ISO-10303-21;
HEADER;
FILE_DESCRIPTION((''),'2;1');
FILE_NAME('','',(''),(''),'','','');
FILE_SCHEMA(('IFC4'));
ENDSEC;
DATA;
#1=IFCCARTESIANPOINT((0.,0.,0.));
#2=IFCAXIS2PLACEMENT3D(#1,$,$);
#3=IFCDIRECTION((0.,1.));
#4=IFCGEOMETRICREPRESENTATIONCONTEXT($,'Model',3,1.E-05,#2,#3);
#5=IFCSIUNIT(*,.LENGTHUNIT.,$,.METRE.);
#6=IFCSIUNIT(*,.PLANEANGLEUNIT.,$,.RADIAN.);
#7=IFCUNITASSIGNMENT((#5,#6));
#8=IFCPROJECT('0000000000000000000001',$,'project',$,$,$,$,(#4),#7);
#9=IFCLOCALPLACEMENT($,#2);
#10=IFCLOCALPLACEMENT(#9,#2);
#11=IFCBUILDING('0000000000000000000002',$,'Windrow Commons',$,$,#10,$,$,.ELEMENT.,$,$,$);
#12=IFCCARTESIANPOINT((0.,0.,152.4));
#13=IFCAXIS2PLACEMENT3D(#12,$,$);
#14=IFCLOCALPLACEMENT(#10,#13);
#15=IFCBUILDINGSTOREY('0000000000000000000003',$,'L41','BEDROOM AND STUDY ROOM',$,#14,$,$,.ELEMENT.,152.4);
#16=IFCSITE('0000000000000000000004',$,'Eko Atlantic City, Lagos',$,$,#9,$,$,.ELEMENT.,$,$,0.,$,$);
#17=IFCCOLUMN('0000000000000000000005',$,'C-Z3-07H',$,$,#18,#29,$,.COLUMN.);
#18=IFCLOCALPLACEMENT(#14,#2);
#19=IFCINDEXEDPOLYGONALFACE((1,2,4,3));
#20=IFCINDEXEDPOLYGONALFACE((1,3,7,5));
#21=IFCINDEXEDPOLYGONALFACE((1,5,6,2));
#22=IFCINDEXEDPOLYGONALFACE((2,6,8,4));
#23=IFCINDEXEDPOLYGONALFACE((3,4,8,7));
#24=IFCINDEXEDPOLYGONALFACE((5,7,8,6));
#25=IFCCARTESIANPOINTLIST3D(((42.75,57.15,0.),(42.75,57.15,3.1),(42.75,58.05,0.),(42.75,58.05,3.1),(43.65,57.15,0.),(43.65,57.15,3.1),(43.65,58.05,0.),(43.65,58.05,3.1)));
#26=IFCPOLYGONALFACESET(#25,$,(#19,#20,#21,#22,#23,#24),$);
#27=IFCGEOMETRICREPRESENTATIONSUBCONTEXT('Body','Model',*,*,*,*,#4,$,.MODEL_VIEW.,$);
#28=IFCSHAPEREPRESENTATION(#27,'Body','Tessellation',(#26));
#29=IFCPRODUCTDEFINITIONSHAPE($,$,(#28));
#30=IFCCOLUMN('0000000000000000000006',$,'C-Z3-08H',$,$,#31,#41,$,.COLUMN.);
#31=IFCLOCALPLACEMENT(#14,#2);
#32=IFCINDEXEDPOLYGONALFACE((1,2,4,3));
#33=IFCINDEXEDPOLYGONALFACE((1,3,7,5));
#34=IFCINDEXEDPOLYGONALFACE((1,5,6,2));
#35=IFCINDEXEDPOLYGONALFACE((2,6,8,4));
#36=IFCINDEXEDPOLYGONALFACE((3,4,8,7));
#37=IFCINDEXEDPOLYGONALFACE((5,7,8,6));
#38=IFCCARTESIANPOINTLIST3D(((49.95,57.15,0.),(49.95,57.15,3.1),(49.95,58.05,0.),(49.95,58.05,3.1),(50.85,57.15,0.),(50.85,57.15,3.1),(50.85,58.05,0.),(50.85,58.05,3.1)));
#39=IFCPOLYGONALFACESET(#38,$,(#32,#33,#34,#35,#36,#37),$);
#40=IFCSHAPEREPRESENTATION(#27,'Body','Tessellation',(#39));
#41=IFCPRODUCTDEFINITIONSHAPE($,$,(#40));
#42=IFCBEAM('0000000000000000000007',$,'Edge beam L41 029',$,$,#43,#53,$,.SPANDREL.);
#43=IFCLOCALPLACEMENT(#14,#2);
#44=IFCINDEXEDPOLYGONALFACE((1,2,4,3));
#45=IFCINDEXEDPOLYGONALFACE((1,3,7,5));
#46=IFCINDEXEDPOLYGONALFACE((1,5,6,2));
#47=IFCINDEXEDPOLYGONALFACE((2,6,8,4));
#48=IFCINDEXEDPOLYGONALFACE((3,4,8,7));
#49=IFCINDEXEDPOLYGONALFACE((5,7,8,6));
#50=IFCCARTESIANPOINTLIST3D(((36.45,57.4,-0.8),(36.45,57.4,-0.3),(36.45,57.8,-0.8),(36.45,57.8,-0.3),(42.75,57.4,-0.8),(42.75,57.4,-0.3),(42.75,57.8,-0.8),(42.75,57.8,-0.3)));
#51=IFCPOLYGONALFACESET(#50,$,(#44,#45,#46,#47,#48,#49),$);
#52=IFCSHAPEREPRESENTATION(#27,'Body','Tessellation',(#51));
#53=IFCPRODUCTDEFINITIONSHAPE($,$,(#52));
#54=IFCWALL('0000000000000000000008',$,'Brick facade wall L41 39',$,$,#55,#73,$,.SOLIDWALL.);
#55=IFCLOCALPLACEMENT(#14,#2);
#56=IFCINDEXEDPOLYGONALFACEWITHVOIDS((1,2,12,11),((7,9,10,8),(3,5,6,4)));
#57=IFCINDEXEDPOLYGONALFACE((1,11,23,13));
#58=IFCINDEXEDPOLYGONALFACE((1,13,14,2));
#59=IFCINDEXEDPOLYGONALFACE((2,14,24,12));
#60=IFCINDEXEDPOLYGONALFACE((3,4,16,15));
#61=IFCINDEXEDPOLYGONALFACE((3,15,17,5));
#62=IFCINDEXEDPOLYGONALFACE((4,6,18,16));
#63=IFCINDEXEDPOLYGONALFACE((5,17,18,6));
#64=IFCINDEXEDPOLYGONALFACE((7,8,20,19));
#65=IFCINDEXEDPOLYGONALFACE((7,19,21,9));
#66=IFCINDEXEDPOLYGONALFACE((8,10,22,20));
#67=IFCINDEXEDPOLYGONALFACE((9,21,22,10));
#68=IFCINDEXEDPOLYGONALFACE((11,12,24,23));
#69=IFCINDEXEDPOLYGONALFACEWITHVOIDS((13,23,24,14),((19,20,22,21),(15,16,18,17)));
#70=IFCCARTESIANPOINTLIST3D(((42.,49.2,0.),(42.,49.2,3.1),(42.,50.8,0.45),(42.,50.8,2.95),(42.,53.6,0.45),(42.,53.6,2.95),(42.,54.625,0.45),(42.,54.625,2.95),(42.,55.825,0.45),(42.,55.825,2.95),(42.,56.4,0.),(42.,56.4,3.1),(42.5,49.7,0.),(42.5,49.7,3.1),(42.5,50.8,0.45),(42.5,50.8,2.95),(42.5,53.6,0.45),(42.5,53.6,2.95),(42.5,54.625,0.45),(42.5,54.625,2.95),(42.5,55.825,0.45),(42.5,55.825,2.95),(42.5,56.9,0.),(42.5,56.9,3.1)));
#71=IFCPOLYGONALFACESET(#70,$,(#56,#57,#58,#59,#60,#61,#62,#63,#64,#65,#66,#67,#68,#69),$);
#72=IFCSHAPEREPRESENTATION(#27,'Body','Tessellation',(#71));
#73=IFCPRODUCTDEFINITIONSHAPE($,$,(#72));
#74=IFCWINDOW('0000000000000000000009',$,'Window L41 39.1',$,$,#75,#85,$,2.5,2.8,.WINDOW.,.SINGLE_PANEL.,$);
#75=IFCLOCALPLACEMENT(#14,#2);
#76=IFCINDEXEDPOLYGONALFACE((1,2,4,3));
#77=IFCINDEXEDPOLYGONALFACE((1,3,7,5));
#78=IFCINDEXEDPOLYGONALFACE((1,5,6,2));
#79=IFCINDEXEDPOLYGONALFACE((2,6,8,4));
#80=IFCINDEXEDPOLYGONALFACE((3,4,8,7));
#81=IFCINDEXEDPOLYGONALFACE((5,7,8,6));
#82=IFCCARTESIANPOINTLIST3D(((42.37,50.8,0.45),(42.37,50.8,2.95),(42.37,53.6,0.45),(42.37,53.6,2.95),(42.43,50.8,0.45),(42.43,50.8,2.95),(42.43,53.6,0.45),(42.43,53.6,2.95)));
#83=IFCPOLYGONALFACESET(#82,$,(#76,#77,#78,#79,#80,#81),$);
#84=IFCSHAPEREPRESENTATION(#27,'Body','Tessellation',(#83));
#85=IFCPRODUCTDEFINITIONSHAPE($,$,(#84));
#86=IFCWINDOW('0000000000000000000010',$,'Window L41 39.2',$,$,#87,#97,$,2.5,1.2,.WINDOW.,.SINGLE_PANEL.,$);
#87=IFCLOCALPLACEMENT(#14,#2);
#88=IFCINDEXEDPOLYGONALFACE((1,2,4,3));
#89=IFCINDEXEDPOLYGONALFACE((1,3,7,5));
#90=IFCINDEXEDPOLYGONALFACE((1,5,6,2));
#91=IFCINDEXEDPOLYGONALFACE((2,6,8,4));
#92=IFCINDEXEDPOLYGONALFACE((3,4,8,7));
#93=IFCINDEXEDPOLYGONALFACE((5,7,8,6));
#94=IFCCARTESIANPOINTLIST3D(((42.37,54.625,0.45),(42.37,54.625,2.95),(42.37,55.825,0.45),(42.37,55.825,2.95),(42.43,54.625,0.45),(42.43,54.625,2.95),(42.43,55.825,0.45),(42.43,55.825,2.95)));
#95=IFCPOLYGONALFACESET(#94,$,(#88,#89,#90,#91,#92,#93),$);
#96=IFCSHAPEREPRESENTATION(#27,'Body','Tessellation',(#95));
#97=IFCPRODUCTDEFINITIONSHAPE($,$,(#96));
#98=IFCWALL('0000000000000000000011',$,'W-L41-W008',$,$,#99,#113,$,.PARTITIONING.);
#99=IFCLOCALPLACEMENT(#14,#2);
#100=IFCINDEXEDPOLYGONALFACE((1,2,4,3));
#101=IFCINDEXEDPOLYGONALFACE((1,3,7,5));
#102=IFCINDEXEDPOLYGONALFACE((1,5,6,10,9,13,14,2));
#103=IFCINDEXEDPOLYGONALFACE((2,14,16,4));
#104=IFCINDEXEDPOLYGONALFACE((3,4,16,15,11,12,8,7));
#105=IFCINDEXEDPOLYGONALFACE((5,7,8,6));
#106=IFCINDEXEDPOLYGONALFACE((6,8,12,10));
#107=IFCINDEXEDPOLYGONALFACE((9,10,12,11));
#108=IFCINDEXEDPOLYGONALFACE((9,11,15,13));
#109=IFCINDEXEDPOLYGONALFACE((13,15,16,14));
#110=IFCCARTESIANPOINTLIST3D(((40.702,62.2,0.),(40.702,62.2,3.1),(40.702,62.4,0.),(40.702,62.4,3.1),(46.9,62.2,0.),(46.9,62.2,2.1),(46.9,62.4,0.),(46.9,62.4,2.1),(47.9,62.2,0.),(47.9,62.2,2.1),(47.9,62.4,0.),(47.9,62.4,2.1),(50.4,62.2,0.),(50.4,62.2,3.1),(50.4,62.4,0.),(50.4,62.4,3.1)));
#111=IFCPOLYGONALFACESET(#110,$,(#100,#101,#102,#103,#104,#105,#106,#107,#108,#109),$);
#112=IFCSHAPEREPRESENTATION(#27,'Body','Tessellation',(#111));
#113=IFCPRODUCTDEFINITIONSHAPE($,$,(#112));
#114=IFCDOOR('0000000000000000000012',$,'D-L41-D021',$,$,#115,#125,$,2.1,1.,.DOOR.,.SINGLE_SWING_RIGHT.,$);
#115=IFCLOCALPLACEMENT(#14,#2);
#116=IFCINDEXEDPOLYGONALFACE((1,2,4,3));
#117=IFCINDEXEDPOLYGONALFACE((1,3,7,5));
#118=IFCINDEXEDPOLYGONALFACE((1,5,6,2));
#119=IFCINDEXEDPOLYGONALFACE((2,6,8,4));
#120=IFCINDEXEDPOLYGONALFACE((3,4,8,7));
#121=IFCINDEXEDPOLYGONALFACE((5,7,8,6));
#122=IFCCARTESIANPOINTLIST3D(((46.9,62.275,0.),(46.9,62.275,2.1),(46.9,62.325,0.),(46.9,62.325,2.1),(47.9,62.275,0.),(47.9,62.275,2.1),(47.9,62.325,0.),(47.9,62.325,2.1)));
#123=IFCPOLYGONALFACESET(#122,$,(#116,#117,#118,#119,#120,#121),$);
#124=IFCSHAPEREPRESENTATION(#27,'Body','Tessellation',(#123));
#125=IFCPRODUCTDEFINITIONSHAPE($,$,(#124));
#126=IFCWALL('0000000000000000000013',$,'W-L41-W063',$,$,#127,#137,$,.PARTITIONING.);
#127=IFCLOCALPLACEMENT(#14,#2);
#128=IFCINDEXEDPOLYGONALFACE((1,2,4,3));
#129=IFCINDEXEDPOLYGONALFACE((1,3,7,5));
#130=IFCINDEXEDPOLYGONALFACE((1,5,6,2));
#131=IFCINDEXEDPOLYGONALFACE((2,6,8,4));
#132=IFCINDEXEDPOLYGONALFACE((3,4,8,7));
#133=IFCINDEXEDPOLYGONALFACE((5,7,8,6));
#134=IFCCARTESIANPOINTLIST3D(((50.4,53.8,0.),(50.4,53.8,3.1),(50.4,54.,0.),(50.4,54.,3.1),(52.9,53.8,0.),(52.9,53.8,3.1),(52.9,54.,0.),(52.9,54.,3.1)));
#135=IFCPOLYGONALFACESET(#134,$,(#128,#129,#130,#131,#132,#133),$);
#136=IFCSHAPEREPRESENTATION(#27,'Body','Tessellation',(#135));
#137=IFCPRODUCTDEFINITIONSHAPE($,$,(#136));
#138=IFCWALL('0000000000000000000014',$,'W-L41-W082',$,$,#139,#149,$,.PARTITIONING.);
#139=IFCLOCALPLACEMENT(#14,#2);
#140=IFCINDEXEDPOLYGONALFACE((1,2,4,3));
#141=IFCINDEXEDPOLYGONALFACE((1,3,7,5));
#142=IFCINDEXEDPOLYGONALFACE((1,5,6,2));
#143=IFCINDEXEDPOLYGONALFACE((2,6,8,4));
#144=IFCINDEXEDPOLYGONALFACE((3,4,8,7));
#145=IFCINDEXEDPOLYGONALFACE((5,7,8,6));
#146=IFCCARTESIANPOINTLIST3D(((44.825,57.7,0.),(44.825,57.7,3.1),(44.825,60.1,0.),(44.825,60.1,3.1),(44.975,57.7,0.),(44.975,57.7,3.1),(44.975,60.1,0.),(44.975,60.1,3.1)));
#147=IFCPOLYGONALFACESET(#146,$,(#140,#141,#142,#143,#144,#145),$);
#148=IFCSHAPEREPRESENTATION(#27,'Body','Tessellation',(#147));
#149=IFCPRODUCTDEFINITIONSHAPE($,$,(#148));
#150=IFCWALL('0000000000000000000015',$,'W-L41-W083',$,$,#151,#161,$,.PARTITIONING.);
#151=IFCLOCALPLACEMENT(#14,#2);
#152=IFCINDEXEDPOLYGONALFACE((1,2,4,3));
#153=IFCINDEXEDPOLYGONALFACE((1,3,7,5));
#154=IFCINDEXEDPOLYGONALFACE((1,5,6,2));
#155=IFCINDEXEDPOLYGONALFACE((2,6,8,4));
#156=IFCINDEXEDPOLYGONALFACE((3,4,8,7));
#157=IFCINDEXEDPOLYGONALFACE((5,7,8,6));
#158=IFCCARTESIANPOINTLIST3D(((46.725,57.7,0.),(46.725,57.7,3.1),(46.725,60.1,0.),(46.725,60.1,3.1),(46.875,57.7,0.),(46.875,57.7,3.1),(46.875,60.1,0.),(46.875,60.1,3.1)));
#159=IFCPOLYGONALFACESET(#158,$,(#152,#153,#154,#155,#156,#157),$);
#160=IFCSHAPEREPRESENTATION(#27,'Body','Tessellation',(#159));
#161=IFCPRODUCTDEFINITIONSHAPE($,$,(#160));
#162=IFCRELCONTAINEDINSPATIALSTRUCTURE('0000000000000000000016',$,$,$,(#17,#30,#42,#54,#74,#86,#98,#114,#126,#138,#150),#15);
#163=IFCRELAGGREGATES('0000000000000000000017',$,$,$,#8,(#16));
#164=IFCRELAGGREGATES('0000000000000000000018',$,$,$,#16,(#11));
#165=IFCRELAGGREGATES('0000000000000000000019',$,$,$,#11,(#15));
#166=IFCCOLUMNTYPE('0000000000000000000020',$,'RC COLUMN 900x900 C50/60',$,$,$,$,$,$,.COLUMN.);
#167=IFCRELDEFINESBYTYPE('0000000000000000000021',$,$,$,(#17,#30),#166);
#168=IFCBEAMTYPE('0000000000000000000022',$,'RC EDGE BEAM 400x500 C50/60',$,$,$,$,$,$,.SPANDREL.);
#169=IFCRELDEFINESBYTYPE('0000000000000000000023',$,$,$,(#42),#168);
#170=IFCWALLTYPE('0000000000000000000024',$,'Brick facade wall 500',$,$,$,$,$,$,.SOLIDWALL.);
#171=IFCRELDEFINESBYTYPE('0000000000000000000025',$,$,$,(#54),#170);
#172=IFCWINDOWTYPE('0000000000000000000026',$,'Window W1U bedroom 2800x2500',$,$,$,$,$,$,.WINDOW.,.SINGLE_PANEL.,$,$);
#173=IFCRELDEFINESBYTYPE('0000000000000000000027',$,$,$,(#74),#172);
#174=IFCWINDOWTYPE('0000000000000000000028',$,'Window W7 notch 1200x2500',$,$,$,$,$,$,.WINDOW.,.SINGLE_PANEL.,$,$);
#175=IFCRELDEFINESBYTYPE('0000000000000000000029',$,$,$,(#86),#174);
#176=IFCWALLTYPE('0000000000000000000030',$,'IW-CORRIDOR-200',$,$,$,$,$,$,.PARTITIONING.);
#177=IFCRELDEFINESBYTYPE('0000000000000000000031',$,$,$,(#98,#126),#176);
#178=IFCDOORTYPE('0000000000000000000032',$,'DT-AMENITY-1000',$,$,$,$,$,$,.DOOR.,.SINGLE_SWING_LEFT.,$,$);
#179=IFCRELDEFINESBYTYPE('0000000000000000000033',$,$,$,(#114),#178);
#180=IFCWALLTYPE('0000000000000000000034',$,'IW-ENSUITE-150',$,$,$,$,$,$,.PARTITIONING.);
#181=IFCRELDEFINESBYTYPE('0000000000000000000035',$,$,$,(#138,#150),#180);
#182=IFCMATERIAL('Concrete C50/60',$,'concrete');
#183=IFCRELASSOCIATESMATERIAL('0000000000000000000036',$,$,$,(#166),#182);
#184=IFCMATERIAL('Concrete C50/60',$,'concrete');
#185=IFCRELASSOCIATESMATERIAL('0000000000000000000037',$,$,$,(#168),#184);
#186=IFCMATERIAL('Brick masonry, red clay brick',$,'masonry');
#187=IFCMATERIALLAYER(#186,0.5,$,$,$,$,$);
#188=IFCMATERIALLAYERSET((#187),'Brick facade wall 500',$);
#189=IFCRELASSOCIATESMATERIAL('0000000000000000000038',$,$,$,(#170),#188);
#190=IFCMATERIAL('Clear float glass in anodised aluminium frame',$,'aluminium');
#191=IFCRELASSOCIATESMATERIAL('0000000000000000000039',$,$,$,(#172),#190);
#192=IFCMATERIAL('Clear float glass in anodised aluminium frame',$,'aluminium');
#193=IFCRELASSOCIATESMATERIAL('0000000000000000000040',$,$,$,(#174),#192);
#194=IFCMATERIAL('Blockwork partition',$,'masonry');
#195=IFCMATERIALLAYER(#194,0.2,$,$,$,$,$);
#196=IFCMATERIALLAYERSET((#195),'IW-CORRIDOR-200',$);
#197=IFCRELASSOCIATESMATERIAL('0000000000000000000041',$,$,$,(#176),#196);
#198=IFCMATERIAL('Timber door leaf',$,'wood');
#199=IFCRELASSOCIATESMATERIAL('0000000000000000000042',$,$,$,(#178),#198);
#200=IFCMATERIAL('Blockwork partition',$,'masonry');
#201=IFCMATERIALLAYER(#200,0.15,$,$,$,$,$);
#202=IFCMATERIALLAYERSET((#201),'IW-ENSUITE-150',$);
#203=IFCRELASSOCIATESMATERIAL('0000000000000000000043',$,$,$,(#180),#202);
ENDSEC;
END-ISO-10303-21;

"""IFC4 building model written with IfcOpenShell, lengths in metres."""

from ifc_helpers import new_model, si_unit, direction, frame, frame_2d, origin, origin_2d, place, context, subcontext, project, spatial, polyline, rectangle, outline, extrude, material, layer, layer_set, material_profile, profile_set, type_object, element, fill, save


model = new_model("IFC4")

# Units and contexts
model_context = context("Model", 3, precision=1e-05, world=origin(), true_north=direction((0.0, 1.0)))
body_context = subcontext(model_context, "Body", "Model", "MODEL_VIEW")
ifc_project = project(units=[si_unit("LENGTHUNIT", "METRE"), si_unit("PLANEANGLEUNIT", "RADIAN")], contexts=[model_context])

# Site, building, storey
site_placement = place(None, origin())
site = spatial("IfcSite", under=ifc_project, at=site_placement, Name="Eko Atlantic City, Lagos", CompositionType="ELEMENT", RefElevation=0.0)
building_placement = place(site_placement, origin())
building = spatial("IfcBuilding", under=site, at=building_placement, Name="Windrow Commons", CompositionType="ELEMENT")
storey_placement = place(building_placement, frame((0.0, 0.0, 152.4)))
storey = spatial("IfcBuildingStorey", under=building, at=storey_placement, Name="L41", Description="BEDROOM AND STUDY ROOM", CompositionType="ELEMENT", Elevation=152.4)

# Columns
ifc_material_1 = material(Name="Concrete C50/60", Category="concrete")
ifc_material_profile_1 = material_profile(ifc_material_1, rectangle(XDim=0.9, YDim=0.9, at=origin_2d()))
ifc_profile_set_1 = profile_set([ifc_material_profile_1], Name="Concrete C50/60")
column_type = type_object("IfcColumnType", Name="RC COLUMN 900x900 C50/60", PredefinedType="COLUMN", material=ifc_profile_set_1)
for number, where, z_axis, x_axis, name in (
    (1, (43.2, 57.6, 0.0), (0.0, 0.0, 1.0), (1.0, 0.0, 0.0), "C-Z3-07H"),
    (2, (50.4, 57.6, 0.0), (0.0, 0.0, 1.0), (1.0, 0.0, 0.0), "C-Z3-08H"),
):
    element("IfcColumn", number, at=place(storey_placement, frame(where, z_axis=z_axis, x_axis=x_axis)), inside=storey, type_object=column_type, Name=name, PredefinedType="COLUMN", context=body_context, shape_type="SweptSolid", body=[
        extrude(rectangle(XDim=0.9, YDim=0.9, at=origin_2d()), origin(), (0.0, 0.0, 1.0), 3.1),
    ])

# Beam
ifc_material_2 = material(Name="Concrete C50/60", Category="concrete")
ifc_material_profile_2 = material_profile(ifc_material_2, rectangle(XDim=0.4, YDim=0.5, at=origin_2d()))
ifc_profile_set_2 = profile_set([ifc_material_profile_2], Name="Concrete C50/60")
beam_type = type_object("IfcBeamType", Name="RC EDGE BEAM 400x500 C50/60", PredefinedType="SPANDREL", material=ifc_profile_set_2)
beam_placement = place(storey_placement, frame((42.75, 57.6, -0.55), z_axis=(-1.0, 0.0, 0.0), x_axis=(0.0, -1.0, 0.0)))
element("IfcBeam", 3, at=beam_placement, inside=storey, type_object=beam_type, Name="Edge beam L41 029", PredefinedType="SPANDREL", context=body_context, shape_type="SweptSolid", body=[
    extrude(rectangle(XDim=0.4, YDim=0.5, at=origin_2d()), origin(), (0.0, 0.0, 1.0), 6.3),
])

# Wall, openings, windows
ifc_material_3 = material(Name="Brick masonry, red clay brick", Category="masonry")
ifc_layer_1 = layer(ifc_material_3, 0.5)
ifc_layer_set_1 = layer_set([ifc_layer_1], Name="Brick facade wall 500")
wall_type_1 = type_object("IfcWallType", Name="Brick facade wall 500", PredefinedType="SOLIDWALL", material=ifc_layer_set_1)
wall_1_placement = place(storey_placement, frame((42.25, 56.65, 0.0), z_axis=(0.0, 0.0, 1.0), x_axis=(0.0, -1.0, 0.0)))
wall_1 = element("IfcWall", 4, at=wall_1_placement, inside=storey, type_object=wall_type_1, Name="Brick facade wall L41 39", PredefinedType="SOLIDWALL", context=body_context, shape_type="SweptSolid", body=[
    extrude(outline(polyline([(0.25, -0.25), (7.45, -0.25), (6.95, 0.25), (-0.25, 0.25), (0.25, -0.25)])), origin(), (0.0, 0.0, 1.0), 3.1),
])
opening_1_placement = place(wall_1_placement, frame((3.05, 0.0, 0.45)))
opening_1 = element("IfcOpeningElement", 5, at=opening_1_placement, cuts=wall_1, PredefinedType="OPENING", context=body_context, shape_type="SweptSolid", body=[
    extrude(rectangle(XDim=2.8, YDim=2.5, at=frame_2d((1.4, 1.25))), frame((0.0, 0.26, 0.0), z_axis=(0.0, -1.0, 0.0), x_axis=(1.0, 0.0, 0.0)), (0.0, 0.0, 1.0), 0.52),
])
opening_2_placement = place(wall_1_placement, frame((0.825, 0.0, 0.45)))
opening_2 = element("IfcOpeningElement", 6, at=opening_2_placement, cuts=wall_1, PredefinedType="OPENING", context=body_context, shape_type="SweptSolid", body=[
    extrude(rectangle(XDim=1.2, YDim=2.5, at=frame_2d((0.6, 1.25))), frame((0.0, 0.26, 0.0), z_axis=(0.0, -1.0, 0.0), x_axis=(1.0, 0.0, 0.0)), (0.0, 0.0, 1.0), 0.52),
])
ifc_material_4 = material(Name="Clear float glass in anodised aluminium frame", Category="aluminium")
window_type_1 = type_object("IfcWindowType", Name="Window W1U bedroom 2800x2500", PartitioningType="SINGLE_PANEL", PredefinedType="WINDOW", material=ifc_material_4)
window_1_placement = place(opening_1_placement, origin())
window_1 = element("IfcWindow", 7, at=window_1_placement, inside=storey, type_object=window_type_1, Name="Window L41 39.1", OverallHeight=2.5, OverallWidth=2.8, PartitioningType="SINGLE_PANEL", PredefinedType="WINDOW", context=body_context, shape_type="SweptSolid", body=[
    extrude(rectangle(XDim=2.8, YDim=2.5, at=frame_2d((1.4, 1.25))), frame((0.0, 0.18, 0.0), z_axis=(0.0, -1.0, 0.0), x_axis=(1.0, 0.0, 0.0)), (0.0, 0.0, 1.0), 0.06),
])
fill(opening_1, window_1)
ifc_material_5 = material(Name="Clear float glass in anodised aluminium frame", Category="aluminium")
window_type_2 = type_object("IfcWindowType", Name="Window W7 notch 1200x2500", PartitioningType="SINGLE_PANEL", PredefinedType="WINDOW", material=ifc_material_5)
window_2_placement = place(opening_2_placement, origin())
window_2 = element("IfcWindow", 8, at=window_2_placement, inside=storey, type_object=window_type_2, Name="Window L41 39.2", OverallHeight=2.5, OverallWidth=1.2, PartitioningType="SINGLE_PANEL", PredefinedType="WINDOW", context=body_context, shape_type="SweptSolid", body=[
    extrude(rectangle(XDim=1.2, YDim=2.5, at=frame_2d((0.6, 1.25))), frame((0.0, 0.18, 0.0), z_axis=(0.0, -1.0, 0.0), x_axis=(1.0, 0.0, 0.0)), (0.0, 0.0, 1.0), 0.06),
])
fill(opening_2, window_2)

# Wall, opening, door
ifc_material_6 = material(Name="Blockwork partition", Category="masonry")
ifc_layer_2 = layer(ifc_material_6, 0.2)
ifc_layer_set_2 = layer_set([ifc_layer_2], Name="IW-CORRIDOR-200")
wall_type_2 = type_object("IfcWallType", Name="IW-CORRIDOR-200", PredefinedType="PARTITIONING", material=ifc_layer_set_2)
wall_2_placement = place(storey_placement, frame((40.702, 62.3, 0.0), z_axis=(0.0, 0.0, 1.0), x_axis=(1.0, 0.0, 0.0)))
wall_2 = element("IfcWall", 9, at=wall_2_placement, inside=storey, type_object=wall_type_2, Name="W-L41-W008", PredefinedType="PARTITIONING", context=body_context, shape_type="SweptSolid", body=[
    extrude(rectangle(XDim=9.698, YDim=0.2, at=frame_2d((4.849, 0.0))), origin(), (0.0, 0.0, 1.0), 3.1),
])
opening_3_placement = place(wall_2_placement, frame((6.198, 0.0, 0.0)))
opening_3 = element("IfcOpeningElement", 10, at=opening_3_placement, cuts=wall_2, PredefinedType="OPENING", context=body_context, shape_type="SweptSolid", body=[
    extrude(rectangle(XDim=1.0, YDim=2.1, at=frame_2d((0.5, 1.05))), frame((0.0, 0.11, 0.0), z_axis=(0.0, -1.0, 0.0), x_axis=(1.0, 0.0, 0.0)), (0.0, 0.0, 1.0), 0.22),
])
ifc_material_7 = material(Name="Timber door leaf", Category="wood")
door_type_1 = type_object("IfcDoorType", Name="DT-AMENITY-1000", OperationType="SINGLE_SWING_LEFT", PredefinedType="DOOR", material=ifc_material_7)
door_1_placement = place(opening_3_placement, origin())
door_1 = element("IfcDoor", 11, at=door_1_placement, inside=storey, type_object=door_type_1, Name="D-L41-D021", OperationType="SINGLE_SWING_RIGHT", OverallHeight=2.1, OverallWidth=1.0, PredefinedType="DOOR", context=body_context, shape_type="SweptSolid", body=[
    extrude(rectangle(XDim=1.0, YDim=2.1, at=frame_2d((0.5, 1.05))), frame((0.0, 0.025, 0.0), z_axis=(0.0, -1.0, 0.0), x_axis=(1.0, 0.0, 0.0)), (0.0, 0.0, 1.0), 0.05),
])
fill(opening_3, door_1)

# Walls
wall_3_placement = place(storey_placement, frame((50.4, 53.9, 0.0), z_axis=(0.0, 0.0, 1.0), x_axis=(1.0, 0.0, 0.0)))
element("IfcWall", 12, at=wall_3_placement, inside=storey, type_object=wall_type_2, Name="W-L41-W063", PredefinedType="PARTITIONING", context=body_context, shape_type="SweptSolid", body=[
    extrude(rectangle(XDim=2.5, YDim=0.2, at=frame_2d((1.25, 0.0))), origin(), (0.0, 0.0, 1.0), 3.1),
])
ifc_material_8 = material(Name="Blockwork partition", Category="masonry")
ifc_layer_3 = layer(ifc_material_8, 0.15)
ifc_layer_set_3 = layer_set([ifc_layer_3], Name="IW-ENSUITE-150")
wall_type_3 = type_object("IfcWallType", Name="IW-ENSUITE-150", PredefinedType="PARTITIONING", material=ifc_layer_set_3)
for number, where, z_axis, x_axis, name in (
    (13, (44.9, 57.7, 0.0), (0.0, 0.0, 1.0), (0.0, 1.0, 0.0), "W-L41-W082"),
    (14, (46.8, 57.7, 0.0), (0.0, 0.0, 1.0), (0.0, 1.0, 0.0), "W-L41-W083"),
):
    element("IfcWall", number, at=place(storey_placement, frame(where, z_axis=z_axis, x_axis=x_axis)), inside=storey, type_object=wall_type_3, Name=name, PredefinedType="PARTITIONING", context=body_context, shape_type="SweptSolid", body=[
        extrude(rectangle(XDim=2.4, YDim=0.15, at=frame_2d((1.2, 0.0))), origin(), (0.0, 0.0, 1.0), 3.1),
    ])

save(model, "model.ifc")
